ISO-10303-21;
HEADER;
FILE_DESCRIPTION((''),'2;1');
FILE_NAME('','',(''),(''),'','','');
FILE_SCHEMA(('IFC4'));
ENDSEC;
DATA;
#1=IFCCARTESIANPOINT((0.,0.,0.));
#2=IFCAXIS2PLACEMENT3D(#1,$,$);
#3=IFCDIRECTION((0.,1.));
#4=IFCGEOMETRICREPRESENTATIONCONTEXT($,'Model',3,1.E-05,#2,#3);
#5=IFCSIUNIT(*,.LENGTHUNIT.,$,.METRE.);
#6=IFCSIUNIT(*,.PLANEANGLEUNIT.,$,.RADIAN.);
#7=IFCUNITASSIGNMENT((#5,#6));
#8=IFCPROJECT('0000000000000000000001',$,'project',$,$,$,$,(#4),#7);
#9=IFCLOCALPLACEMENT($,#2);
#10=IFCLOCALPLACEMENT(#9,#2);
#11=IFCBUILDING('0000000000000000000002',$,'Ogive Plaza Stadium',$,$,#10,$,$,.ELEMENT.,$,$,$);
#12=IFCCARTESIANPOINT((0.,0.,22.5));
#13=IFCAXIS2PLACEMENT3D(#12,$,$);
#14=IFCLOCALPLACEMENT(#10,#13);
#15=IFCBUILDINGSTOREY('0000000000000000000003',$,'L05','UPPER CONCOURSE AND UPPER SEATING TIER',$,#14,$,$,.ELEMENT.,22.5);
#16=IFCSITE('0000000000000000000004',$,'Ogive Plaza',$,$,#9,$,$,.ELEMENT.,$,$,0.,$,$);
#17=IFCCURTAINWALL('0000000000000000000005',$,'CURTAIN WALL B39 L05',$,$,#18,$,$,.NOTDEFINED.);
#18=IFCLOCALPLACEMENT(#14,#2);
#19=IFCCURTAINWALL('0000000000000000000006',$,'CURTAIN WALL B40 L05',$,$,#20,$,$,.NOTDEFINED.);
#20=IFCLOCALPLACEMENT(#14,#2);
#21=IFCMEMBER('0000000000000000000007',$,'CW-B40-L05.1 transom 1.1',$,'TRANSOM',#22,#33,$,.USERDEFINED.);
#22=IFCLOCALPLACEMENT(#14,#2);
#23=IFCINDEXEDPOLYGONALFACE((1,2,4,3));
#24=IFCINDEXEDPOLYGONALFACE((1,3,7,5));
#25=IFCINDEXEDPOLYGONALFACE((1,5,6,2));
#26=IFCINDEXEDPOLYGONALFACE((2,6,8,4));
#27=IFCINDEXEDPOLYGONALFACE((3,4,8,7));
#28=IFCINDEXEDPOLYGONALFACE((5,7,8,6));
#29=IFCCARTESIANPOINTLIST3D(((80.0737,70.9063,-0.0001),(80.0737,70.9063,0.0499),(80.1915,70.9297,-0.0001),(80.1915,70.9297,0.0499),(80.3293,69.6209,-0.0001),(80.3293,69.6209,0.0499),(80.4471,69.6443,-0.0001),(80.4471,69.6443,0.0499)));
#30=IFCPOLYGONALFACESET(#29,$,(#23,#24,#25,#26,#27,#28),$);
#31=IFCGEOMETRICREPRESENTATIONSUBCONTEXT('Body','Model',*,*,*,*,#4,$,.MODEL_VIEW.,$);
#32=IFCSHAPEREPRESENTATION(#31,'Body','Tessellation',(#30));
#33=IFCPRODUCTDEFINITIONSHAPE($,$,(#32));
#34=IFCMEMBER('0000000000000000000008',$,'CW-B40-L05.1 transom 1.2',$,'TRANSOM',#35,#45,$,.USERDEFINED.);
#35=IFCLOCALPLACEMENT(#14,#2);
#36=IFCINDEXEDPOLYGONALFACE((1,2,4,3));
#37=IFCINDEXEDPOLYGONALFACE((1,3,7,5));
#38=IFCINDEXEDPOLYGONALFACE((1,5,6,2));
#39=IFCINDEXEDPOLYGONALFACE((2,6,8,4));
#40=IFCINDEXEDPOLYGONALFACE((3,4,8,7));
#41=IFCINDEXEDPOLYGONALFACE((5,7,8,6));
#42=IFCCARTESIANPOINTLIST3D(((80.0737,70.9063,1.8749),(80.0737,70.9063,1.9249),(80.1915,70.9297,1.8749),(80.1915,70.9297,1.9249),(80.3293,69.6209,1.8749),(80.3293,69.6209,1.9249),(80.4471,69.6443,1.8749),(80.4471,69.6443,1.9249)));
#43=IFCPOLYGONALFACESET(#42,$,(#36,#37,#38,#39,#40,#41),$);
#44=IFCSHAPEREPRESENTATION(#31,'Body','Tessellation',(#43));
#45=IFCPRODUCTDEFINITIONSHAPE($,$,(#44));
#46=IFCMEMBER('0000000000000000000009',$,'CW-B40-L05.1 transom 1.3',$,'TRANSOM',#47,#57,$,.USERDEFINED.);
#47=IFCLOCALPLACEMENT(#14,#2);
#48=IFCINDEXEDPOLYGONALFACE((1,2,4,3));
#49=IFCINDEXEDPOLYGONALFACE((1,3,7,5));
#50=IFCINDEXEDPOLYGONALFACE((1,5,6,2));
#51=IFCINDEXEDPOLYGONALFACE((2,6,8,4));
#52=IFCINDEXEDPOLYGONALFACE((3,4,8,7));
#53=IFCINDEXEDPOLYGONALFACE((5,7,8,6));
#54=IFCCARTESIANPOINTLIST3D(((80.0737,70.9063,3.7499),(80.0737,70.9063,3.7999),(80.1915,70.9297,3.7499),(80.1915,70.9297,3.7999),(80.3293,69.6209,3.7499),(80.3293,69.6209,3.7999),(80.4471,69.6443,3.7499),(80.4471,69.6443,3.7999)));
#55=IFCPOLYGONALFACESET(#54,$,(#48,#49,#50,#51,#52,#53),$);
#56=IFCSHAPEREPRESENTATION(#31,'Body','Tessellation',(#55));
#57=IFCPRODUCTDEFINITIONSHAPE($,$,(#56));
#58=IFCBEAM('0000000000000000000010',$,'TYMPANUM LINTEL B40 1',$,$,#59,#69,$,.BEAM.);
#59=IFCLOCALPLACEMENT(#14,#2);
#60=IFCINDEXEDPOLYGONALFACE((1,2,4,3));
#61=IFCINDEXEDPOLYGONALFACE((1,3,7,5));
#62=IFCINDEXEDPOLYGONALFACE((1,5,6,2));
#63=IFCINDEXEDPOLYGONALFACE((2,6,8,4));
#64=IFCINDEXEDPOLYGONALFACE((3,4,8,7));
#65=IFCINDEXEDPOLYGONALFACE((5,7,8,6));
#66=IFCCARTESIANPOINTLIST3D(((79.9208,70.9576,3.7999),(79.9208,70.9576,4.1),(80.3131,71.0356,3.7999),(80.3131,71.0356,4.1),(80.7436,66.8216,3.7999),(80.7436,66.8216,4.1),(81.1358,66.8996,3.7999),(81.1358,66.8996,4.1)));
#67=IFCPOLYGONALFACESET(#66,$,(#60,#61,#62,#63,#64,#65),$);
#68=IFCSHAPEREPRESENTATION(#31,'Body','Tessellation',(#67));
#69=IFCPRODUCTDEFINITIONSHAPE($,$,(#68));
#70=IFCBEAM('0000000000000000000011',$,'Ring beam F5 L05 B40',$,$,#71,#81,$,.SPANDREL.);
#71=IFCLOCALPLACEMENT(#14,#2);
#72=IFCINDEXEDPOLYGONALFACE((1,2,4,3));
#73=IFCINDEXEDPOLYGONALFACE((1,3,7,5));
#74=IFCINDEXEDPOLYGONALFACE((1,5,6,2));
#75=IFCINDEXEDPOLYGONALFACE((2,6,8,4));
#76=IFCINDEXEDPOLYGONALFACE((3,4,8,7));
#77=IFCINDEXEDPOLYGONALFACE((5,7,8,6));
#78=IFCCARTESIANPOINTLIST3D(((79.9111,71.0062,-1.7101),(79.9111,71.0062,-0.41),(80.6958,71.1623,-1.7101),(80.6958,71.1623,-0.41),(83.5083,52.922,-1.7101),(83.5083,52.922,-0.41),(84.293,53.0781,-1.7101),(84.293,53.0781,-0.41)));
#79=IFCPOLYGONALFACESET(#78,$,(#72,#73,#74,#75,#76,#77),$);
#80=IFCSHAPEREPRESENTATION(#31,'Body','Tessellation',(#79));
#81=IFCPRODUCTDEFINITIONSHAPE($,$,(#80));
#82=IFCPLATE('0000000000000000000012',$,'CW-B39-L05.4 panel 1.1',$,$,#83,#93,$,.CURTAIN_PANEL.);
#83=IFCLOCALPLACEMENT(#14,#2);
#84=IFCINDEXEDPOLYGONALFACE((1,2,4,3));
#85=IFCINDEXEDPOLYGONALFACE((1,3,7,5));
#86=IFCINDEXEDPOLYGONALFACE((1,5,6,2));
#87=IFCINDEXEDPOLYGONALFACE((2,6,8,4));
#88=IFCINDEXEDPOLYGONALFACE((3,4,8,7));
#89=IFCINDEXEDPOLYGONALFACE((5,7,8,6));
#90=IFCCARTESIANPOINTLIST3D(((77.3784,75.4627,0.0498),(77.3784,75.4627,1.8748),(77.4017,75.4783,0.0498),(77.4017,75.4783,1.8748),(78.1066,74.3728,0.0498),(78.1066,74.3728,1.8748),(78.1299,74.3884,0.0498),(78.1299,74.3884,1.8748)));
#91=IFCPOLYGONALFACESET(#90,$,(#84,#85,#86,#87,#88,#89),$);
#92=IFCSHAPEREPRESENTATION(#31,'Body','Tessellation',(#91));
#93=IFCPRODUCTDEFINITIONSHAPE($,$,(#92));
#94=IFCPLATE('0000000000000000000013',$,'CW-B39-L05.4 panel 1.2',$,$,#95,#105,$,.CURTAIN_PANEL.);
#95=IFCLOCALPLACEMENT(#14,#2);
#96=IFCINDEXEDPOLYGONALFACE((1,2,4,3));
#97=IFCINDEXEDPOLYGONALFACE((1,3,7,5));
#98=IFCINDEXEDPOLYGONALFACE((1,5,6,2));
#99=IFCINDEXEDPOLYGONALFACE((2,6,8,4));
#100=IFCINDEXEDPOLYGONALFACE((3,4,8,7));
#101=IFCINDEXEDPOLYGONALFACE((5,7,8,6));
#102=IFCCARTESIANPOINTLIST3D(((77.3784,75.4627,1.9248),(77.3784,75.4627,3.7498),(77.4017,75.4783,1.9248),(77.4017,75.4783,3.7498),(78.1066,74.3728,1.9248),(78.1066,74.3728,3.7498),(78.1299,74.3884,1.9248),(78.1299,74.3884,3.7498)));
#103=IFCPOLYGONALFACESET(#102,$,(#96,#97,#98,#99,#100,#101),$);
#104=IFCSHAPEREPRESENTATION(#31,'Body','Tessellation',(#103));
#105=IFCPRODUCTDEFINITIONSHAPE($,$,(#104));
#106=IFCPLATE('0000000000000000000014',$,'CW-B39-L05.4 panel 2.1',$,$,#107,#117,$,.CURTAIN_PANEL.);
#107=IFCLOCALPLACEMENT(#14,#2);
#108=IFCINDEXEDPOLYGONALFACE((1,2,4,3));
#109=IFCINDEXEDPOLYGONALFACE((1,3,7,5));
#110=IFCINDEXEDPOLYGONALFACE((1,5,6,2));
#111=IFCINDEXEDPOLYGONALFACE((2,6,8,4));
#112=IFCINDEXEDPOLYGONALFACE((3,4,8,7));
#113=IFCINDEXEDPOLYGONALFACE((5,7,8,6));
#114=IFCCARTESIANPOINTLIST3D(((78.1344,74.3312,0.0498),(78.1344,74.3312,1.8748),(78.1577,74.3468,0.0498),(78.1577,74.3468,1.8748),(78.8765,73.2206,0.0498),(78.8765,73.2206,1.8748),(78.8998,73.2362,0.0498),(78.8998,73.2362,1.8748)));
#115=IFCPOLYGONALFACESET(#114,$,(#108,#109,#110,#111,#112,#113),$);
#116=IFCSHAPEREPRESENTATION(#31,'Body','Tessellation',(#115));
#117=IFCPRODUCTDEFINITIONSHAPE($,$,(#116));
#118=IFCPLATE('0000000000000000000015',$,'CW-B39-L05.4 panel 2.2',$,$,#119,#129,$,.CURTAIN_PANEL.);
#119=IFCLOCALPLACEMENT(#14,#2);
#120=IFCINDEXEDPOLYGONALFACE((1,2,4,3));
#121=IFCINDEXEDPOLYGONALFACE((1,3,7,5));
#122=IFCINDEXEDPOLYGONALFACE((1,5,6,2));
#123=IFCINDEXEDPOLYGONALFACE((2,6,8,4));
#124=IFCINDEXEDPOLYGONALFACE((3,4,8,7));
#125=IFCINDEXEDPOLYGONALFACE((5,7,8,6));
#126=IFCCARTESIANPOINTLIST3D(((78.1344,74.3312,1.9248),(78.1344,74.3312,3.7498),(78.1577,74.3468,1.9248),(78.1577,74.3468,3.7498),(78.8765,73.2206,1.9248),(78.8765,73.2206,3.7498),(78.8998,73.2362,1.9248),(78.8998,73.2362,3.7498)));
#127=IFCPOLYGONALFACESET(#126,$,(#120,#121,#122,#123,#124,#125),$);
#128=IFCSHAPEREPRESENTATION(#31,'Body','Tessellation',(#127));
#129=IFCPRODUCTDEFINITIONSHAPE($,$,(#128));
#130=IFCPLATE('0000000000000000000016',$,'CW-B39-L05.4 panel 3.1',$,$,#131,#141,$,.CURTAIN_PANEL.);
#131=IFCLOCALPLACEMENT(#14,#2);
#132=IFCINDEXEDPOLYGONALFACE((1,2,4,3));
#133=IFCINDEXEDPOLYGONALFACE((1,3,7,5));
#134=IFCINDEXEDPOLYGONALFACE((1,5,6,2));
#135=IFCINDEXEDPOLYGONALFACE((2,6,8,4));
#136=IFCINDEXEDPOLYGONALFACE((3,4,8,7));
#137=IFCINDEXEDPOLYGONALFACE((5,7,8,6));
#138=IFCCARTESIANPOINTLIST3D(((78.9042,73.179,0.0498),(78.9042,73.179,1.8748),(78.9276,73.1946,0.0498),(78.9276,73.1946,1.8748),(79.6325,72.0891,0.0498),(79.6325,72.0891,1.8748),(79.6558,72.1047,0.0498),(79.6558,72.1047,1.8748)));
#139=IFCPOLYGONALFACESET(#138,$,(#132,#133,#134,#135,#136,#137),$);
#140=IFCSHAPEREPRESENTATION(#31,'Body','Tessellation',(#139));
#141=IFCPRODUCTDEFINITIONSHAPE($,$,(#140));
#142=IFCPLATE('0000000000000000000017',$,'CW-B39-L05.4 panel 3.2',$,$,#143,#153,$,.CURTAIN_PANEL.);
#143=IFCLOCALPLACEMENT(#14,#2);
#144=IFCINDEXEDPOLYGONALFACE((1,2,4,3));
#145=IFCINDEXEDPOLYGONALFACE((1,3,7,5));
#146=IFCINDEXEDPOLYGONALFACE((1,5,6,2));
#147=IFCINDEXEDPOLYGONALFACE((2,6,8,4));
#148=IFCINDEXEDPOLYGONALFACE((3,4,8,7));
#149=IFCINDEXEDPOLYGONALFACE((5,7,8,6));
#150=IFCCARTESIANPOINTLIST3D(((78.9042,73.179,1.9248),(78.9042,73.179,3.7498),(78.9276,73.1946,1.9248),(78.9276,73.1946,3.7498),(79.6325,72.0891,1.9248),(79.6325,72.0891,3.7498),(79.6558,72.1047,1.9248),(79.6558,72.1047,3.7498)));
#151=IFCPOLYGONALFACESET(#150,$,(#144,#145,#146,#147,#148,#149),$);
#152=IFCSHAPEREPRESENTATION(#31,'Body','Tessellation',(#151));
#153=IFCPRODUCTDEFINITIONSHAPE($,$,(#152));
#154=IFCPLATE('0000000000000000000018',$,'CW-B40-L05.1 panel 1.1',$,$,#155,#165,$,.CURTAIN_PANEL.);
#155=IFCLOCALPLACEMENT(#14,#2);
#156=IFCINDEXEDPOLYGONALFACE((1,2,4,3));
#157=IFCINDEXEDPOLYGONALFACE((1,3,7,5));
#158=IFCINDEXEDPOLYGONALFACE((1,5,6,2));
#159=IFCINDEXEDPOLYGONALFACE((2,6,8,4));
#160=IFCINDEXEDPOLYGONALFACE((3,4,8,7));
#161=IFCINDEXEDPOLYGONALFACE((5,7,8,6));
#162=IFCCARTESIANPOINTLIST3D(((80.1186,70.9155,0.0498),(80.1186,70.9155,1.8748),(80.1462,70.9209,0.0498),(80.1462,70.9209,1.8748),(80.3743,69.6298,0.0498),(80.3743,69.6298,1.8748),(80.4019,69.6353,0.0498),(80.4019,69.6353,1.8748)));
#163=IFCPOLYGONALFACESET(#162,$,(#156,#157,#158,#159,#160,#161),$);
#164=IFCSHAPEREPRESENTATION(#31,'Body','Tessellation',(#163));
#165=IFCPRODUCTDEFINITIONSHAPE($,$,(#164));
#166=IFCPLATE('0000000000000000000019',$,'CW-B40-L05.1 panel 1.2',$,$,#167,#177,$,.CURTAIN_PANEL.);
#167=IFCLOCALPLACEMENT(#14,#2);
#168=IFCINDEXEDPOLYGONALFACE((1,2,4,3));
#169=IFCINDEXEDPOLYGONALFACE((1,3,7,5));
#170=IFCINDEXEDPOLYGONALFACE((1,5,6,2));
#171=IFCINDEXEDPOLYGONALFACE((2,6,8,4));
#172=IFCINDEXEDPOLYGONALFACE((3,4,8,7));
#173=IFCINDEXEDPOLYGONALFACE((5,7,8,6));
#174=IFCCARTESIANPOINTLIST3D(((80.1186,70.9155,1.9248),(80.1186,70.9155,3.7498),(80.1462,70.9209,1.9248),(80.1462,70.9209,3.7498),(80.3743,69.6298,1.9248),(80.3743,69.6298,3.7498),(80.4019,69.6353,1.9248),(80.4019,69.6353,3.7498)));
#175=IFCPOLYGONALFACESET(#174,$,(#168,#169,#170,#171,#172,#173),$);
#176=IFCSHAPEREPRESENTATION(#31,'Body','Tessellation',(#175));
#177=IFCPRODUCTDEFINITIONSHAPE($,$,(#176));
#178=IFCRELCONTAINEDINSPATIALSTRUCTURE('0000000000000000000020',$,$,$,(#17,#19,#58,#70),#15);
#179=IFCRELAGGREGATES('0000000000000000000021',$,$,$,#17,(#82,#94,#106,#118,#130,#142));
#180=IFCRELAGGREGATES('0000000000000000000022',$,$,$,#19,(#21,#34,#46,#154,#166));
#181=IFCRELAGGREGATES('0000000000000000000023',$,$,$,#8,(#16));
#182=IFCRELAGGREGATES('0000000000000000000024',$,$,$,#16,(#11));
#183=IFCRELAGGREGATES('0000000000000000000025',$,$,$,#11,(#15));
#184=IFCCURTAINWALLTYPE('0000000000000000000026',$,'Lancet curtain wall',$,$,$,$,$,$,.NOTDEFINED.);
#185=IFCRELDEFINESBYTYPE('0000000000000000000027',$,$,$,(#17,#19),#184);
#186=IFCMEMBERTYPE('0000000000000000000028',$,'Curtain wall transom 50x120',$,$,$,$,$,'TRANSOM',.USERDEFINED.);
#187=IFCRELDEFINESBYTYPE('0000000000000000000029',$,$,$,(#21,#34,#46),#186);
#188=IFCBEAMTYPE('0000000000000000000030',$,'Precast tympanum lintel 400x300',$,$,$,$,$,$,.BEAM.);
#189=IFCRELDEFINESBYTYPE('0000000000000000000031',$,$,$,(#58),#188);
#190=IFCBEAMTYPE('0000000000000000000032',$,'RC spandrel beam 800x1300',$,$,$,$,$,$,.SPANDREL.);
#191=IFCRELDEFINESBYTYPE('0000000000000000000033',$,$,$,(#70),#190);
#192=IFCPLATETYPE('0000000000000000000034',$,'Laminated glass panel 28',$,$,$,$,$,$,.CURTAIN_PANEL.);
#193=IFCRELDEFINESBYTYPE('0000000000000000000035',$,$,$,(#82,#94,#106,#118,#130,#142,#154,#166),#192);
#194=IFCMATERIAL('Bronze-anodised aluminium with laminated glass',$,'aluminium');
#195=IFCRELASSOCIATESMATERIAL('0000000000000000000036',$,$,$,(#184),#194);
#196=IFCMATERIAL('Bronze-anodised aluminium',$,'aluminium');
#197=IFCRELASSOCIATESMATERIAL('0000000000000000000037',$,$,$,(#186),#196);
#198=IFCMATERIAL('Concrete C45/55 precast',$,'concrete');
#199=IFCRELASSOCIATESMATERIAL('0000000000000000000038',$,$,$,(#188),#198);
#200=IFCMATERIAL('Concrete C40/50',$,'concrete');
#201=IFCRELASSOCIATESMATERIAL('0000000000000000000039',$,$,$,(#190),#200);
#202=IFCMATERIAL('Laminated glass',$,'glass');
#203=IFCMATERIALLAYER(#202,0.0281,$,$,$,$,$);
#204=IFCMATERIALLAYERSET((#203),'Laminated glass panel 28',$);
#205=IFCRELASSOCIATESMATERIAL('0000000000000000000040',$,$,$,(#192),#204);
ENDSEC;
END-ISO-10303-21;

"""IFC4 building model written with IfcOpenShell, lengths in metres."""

from ifc_helpers import new_model, si_unit, direction, frame, origin, origin_2d, place, context, subcontext, project, spatial, rectangle, extrude, material, layer, layer_set, material_profile, profile_set, type_object, element, aggregate, save


model = new_model("IFC4")

# Units and contexts
model_context = context("Model", 3, precision=1e-05, world=origin(), true_north=direction((0.0, 1.0)))
body_context = subcontext(model_context, "Body", "Model", "MODEL_VIEW")
ifc_project = project(units=[si_unit("LENGTHUNIT", "METRE"), si_unit("PLANEANGLEUNIT", "RADIAN")], contexts=[model_context])

# Site, building, storey
site_placement = place(None, origin())
site = spatial("IfcSite", under=ifc_project, at=site_placement, Name="Ogive Plaza", CompositionType="ELEMENT", RefElevation=0.0)
building_placement = place(site_placement, origin())
building = spatial("IfcBuilding", under=site, at=building_placement, Name="Ogive Plaza Stadium", CompositionType="ELEMENT")
storey_placement = place(building_placement, frame((0.0, 0.0, 22.5)))
storey = spatial("IfcBuildingStorey", under=building, at=storey_placement, Name="L05", Description="UPPER CONCOURSE AND UPPER SEATING TIER", CompositionType="ELEMENT", Elevation=22.5)

# Curtain wall
ifc_material_1 = material(Name="Bronze-anodised aluminium with laminated glass", Category="aluminium")
curtain_wall_type = type_object("IfcCurtainWallType", Name="Lancet curtain wall", PredefinedType="NOTDEFINED", material=ifc_material_1)
curtain_wall_1_placement = place(storey_placement, origin())
curtain_wall_1 = element("IfcCurtainWall", 1, at=curtain_wall_1_placement, inside=storey, type_object=curtain_wall_type, Name="CURTAIN WALL B39 L05", PredefinedType="NOTDEFINED")

# Curtain wall
curtain_wall_2_placement = place(storey_placement, origin())
curtain_wall_2 = element("IfcCurtainWall", 2, at=curtain_wall_2_placement, inside=storey, type_object=curtain_wall_type, Name="CURTAIN WALL B40 L05", PredefinedType="NOTDEFINED")

# Members
ifc_material_2 = material(Name="Bronze-anodised aluminium", Category="aluminium")
ifc_material_profile_1 = material_profile(ifc_material_2, rectangle(XDim=0.1201, YDim=0.05, at=origin_2d()), Name="AL 120x50")
ifc_profile_set_1 = profile_set([ifc_material_profile_1], Name="Bronze-anodised aluminium")
member_type_1 = type_object("IfcMemberType", Name="Curtain wall transom 50x120", ElementType="TRANSOM", PredefinedType="USERDEFINED", material=ifc_profile_set_1)
member_1_placement = place(storey_placement, frame((80.1326, 70.918, 0.0249), z_axis=(0.195041, -0.980795, 0.0), x_axis=(0.980795, 0.195041, 0.0)))
member_1 = element("IfcMember", 3, at=member_1_placement, type_object=member_type_1, Name="CW-B40-L05.1 transom 1.1", ObjectType="TRANSOM", PredefinedType="USERDEFINED", context=body_context, shape_type="SweptSolid", body=[
    extrude(rectangle(XDim=0.1201, YDim=0.05, at=origin_2d()), origin(), (0.0, 0.0, 1.0), 1.3105),
])
member_2_placement = place(storey_placement, frame((80.1326, 70.918, 1.8999), z_axis=(0.195041, -0.980795, 0.0), x_axis=(0.980795, 0.195041, 0.0)))
member_2 = element("IfcMember", 4, at=member_2_placement, type_object=member_type_1, Name="CW-B40-L05.1 transom 1.2", ObjectType="TRANSOM", PredefinedType="USERDEFINED", context=body_context, shape_type="SweptSolid", body=[
    extrude(rectangle(XDim=0.1201, YDim=0.05, at=origin_2d()), origin(), (0.0, 0.0, 1.0), 1.3105),
])
member_3_placement = place(storey_placement, frame((80.1326, 70.918, 3.7749), z_axis=(0.195041, -0.980795, 0.0), x_axis=(0.980795, 0.195041, 0.0)))
member_3 = element("IfcMember", 5, at=member_3_placement, type_object=member_type_1, Name="CW-B40-L05.1 transom 1.3", ObjectType="TRANSOM", PredefinedType="USERDEFINED", context=body_context, shape_type="SweptSolid", body=[
    extrude(rectangle(XDim=0.1201, YDim=0.05, at=origin_2d()), origin(), (0.0, 0.0, 1.0), 1.3105),
])

# Beams
ifc_material_3 = material(Name="Concrete C45/55 precast", Category="concrete")
ifc_material_profile_2 = material_profile(ifc_material_3, rectangle(XDim=0.3999, YDim=0.3, at=origin_2d()), Name="RC 400x300")
ifc_profile_set_2 = profile_set([ifc_material_profile_2], Name="Concrete C45/55 precast")
beam_type_1 = type_object("IfcBeamType", Name="Precast tympanum lintel 400x300", PredefinedType="BEAM", material=ifc_profile_set_2)
beam_1_placement = place(storey_placement, frame((80.1169, 70.9966, 3.95), z_axis=(0.195103, -0.980783, 0.0), x_axis=(0.980783, 0.195103, 0.0)))
element("IfcBeam", 6, at=beam_1_placement, inside=storey, type_object=beam_type_1, Name="TYMPANUM LINTEL B40 1", PredefinedType="BEAM", context=body_context, shape_type="SweptSolid", body=[
    extrude(rectangle(XDim=0.3999, YDim=0.3, at=origin_2d()), origin(), (0.0, 0.0, 1.0), 4.217),
])
ifc_material_4 = material(Name="Concrete C40/50", Category="concrete")
ifc_material_profile_3 = material_profile(ifc_material_4, rectangle(XDim=0.8, YDim=1.3, at=origin_2d()), Name="RC 800x1300")
ifc_profile_set_3 = profile_set([ifc_material_profile_3], Name="Concrete C40/50")
beam_type_2 = type_object("IfcBeamType", Name="RC spandrel beam 800x1300", PredefinedType="SPANDREL", material=ifc_profile_set_3)
beam_2_placement = place(storey_placement, frame((80.3035, 71.0842, -1.0601), z_axis=(0.19509, -0.980785, 0.0), x_axis=(0.980785, 0.19509, 0.0)))
element("IfcBeam", 7, at=beam_2_placement, inside=storey, type_object=beam_type_2, Name="Ring beam F5 L05 B40", PredefinedType="SPANDREL", context=body_context, shape_type="SweptSolid", body=[
    extrude(rectangle(XDim=0.8, YDim=1.3, at=origin_2d()), origin(), (0.0, 0.0, 1.0), 18.4385),
])

# Plates
ifc_material_5 = material(Name="Laminated glass", Category="glass")
ifc_layer_1 = layer(ifc_material_5, 0.0281)
ifc_layer_set_1 = layer_set([ifc_layer_1], Name="Laminated glass panel 28")
plate_type = type_object("IfcPlateType", Name="Laminated glass panel 28", PredefinedType="CURTAIN_PANEL", material=ifc_layer_set_1)
plate_1_placement = place(storey_placement, frame((77.7542, 74.9255, 0.0498), z_axis=(0.0, 0.0, 1.0), x_axis=(0.55557, -0.83147, 0.0)))
plate_1 = element("IfcPlate", 8, at=plate_1_placement, type_object=plate_type, Name="CW-B39-L05.4 panel 1.1", PredefinedType="CURTAIN_PANEL", context=body_context, shape_type="SweptSolid", body=[
    extrude(rectangle(XDim=1.3108, YDim=0.0281, at=origin_2d()), origin(), (0.0, 0.0, 1.0), 1.825),
])
plate_2_placement = place(storey_placement, frame((77.7542, 74.9255, 1.9248), z_axis=(0.0, 0.0, 1.0), x_axis=(0.55557, -0.83147, 0.0)))
plate_2 = element("IfcPlate", 9, at=plate_2_placement, type_object=plate_type, Name="CW-B39-L05.4 panel 1.2", PredefinedType="CURTAIN_PANEL", context=body_context, shape_type="SweptSolid", body=[
    extrude(rectangle(XDim=1.3108, YDim=0.0281, at=origin_2d()), origin(), (0.0, 0.0, 1.0), 1.825),
])
plate_3_placement = place(storey_placement, frame((78.5171, 73.7837, 0.0498), z_axis=(0.0, 0.0, 1.0), x_axis=(0.55557, -0.83147, 0.0)))
plate_3 = element("IfcPlate", 10, at=plate_3_placement, type_object=plate_type, Name="CW-B39-L05.4 panel 2.1", PredefinedType="CURTAIN_PANEL", context=body_context, shape_type="SweptSolid", body=[
    extrude(rectangle(XDim=1.3357, YDim=0.0281, at=origin_2d()), origin(), (0.0, 0.0, 1.0), 1.825),
])
plate_4_placement = place(storey_placement, frame((78.5171, 73.7837, 1.9248), z_axis=(0.0, 0.0, 1.0), x_axis=(0.55557, -0.83147, 0.0)))
plate_4 = element("IfcPlate", 11, at=plate_4_placement, type_object=plate_type, Name="CW-B39-L05.4 panel 2.2", PredefinedType="CURTAIN_PANEL", context=body_context, shape_type="SweptSolid", body=[
    extrude(rectangle(XDim=1.3357, YDim=0.0281, at=origin_2d()), origin(), (0.0, 0.0, 1.0), 1.825),
])
plate_5_placement = place(storey_placement, frame((79.28, 72.6418, 0.0498), z_axis=(0.0, 0.0, 1.0), x_axis=(0.55557, -0.83147, 0.0)))
plate_5 = element("IfcPlate", 12, at=plate_5_placement, type_object=plate_type, Name="CW-B39-L05.4 panel 3.1", PredefinedType="CURTAIN_PANEL", context=body_context, shape_type="SweptSolid", body=[
    extrude(rectangle(XDim=1.3108, YDim=0.0281, at=origin_2d()), origin(), (0.0, 0.0, 1.0), 1.825),
])
plate_6_placement = place(storey_placement, frame((79.28, 72.6418, 1.9248), z_axis=(0.0, 0.0, 1.0), x_axis=(0.55557, -0.83147, 0.0)))
plate_6 = element("IfcPlate", 13, at=plate_6_placement, type_object=plate_type, Name="CW-B39-L05.4 panel 3.2", PredefinedType="CURTAIN_PANEL", context=body_context, shape_type="SweptSolid", body=[
    extrude(rectangle(XDim=1.3108, YDim=0.0281, at=origin_2d()), origin(), (0.0, 0.0, 1.0), 1.825),
])
aggregate(curtain_wall_1, [plate_1, plate_2, plate_3, plate_4, plate_5, plate_6])
plate_7_placement = place(storey_placement, frame((80.2603, 70.2754, 0.0498), z_axis=(0.0, 0.0, 1.0), x_axis=(0.19509, -0.980785, 0.0)))
plate_7 = element("IfcPlate", 14, at=plate_7_placement, type_object=plate_type, Name="CW-B40-L05.1 panel 1.1", PredefinedType="CURTAIN_PANEL", context=body_context, shape_type="SweptSolid", body=[
    extrude(rectangle(XDim=1.3108, YDim=0.0281, at=origin_2d()), origin(), (0.0, 0.0, 1.0), 1.825),
])
plate_8_placement = place(storey_placement, frame((80.2603, 70.2754, 1.9248), z_axis=(0.0, 0.0, 1.0), x_axis=(0.19509, -0.980785, 0.0)))
plate_8 = element("IfcPlate", 15, at=plate_8_placement, type_object=plate_type, Name="CW-B40-L05.1 panel 1.2", PredefinedType="CURTAIN_PANEL", context=body_context, shape_type="SweptSolid", body=[
    extrude(rectangle(XDim=1.3108, YDim=0.0281, at=origin_2d()), origin(), (0.0, 0.0, 1.0), 1.825),
])
aggregate(curtain_wall_2, [member_1, member_2, member_3, plate_7, plate_8])

save(model, "model.ifc")
